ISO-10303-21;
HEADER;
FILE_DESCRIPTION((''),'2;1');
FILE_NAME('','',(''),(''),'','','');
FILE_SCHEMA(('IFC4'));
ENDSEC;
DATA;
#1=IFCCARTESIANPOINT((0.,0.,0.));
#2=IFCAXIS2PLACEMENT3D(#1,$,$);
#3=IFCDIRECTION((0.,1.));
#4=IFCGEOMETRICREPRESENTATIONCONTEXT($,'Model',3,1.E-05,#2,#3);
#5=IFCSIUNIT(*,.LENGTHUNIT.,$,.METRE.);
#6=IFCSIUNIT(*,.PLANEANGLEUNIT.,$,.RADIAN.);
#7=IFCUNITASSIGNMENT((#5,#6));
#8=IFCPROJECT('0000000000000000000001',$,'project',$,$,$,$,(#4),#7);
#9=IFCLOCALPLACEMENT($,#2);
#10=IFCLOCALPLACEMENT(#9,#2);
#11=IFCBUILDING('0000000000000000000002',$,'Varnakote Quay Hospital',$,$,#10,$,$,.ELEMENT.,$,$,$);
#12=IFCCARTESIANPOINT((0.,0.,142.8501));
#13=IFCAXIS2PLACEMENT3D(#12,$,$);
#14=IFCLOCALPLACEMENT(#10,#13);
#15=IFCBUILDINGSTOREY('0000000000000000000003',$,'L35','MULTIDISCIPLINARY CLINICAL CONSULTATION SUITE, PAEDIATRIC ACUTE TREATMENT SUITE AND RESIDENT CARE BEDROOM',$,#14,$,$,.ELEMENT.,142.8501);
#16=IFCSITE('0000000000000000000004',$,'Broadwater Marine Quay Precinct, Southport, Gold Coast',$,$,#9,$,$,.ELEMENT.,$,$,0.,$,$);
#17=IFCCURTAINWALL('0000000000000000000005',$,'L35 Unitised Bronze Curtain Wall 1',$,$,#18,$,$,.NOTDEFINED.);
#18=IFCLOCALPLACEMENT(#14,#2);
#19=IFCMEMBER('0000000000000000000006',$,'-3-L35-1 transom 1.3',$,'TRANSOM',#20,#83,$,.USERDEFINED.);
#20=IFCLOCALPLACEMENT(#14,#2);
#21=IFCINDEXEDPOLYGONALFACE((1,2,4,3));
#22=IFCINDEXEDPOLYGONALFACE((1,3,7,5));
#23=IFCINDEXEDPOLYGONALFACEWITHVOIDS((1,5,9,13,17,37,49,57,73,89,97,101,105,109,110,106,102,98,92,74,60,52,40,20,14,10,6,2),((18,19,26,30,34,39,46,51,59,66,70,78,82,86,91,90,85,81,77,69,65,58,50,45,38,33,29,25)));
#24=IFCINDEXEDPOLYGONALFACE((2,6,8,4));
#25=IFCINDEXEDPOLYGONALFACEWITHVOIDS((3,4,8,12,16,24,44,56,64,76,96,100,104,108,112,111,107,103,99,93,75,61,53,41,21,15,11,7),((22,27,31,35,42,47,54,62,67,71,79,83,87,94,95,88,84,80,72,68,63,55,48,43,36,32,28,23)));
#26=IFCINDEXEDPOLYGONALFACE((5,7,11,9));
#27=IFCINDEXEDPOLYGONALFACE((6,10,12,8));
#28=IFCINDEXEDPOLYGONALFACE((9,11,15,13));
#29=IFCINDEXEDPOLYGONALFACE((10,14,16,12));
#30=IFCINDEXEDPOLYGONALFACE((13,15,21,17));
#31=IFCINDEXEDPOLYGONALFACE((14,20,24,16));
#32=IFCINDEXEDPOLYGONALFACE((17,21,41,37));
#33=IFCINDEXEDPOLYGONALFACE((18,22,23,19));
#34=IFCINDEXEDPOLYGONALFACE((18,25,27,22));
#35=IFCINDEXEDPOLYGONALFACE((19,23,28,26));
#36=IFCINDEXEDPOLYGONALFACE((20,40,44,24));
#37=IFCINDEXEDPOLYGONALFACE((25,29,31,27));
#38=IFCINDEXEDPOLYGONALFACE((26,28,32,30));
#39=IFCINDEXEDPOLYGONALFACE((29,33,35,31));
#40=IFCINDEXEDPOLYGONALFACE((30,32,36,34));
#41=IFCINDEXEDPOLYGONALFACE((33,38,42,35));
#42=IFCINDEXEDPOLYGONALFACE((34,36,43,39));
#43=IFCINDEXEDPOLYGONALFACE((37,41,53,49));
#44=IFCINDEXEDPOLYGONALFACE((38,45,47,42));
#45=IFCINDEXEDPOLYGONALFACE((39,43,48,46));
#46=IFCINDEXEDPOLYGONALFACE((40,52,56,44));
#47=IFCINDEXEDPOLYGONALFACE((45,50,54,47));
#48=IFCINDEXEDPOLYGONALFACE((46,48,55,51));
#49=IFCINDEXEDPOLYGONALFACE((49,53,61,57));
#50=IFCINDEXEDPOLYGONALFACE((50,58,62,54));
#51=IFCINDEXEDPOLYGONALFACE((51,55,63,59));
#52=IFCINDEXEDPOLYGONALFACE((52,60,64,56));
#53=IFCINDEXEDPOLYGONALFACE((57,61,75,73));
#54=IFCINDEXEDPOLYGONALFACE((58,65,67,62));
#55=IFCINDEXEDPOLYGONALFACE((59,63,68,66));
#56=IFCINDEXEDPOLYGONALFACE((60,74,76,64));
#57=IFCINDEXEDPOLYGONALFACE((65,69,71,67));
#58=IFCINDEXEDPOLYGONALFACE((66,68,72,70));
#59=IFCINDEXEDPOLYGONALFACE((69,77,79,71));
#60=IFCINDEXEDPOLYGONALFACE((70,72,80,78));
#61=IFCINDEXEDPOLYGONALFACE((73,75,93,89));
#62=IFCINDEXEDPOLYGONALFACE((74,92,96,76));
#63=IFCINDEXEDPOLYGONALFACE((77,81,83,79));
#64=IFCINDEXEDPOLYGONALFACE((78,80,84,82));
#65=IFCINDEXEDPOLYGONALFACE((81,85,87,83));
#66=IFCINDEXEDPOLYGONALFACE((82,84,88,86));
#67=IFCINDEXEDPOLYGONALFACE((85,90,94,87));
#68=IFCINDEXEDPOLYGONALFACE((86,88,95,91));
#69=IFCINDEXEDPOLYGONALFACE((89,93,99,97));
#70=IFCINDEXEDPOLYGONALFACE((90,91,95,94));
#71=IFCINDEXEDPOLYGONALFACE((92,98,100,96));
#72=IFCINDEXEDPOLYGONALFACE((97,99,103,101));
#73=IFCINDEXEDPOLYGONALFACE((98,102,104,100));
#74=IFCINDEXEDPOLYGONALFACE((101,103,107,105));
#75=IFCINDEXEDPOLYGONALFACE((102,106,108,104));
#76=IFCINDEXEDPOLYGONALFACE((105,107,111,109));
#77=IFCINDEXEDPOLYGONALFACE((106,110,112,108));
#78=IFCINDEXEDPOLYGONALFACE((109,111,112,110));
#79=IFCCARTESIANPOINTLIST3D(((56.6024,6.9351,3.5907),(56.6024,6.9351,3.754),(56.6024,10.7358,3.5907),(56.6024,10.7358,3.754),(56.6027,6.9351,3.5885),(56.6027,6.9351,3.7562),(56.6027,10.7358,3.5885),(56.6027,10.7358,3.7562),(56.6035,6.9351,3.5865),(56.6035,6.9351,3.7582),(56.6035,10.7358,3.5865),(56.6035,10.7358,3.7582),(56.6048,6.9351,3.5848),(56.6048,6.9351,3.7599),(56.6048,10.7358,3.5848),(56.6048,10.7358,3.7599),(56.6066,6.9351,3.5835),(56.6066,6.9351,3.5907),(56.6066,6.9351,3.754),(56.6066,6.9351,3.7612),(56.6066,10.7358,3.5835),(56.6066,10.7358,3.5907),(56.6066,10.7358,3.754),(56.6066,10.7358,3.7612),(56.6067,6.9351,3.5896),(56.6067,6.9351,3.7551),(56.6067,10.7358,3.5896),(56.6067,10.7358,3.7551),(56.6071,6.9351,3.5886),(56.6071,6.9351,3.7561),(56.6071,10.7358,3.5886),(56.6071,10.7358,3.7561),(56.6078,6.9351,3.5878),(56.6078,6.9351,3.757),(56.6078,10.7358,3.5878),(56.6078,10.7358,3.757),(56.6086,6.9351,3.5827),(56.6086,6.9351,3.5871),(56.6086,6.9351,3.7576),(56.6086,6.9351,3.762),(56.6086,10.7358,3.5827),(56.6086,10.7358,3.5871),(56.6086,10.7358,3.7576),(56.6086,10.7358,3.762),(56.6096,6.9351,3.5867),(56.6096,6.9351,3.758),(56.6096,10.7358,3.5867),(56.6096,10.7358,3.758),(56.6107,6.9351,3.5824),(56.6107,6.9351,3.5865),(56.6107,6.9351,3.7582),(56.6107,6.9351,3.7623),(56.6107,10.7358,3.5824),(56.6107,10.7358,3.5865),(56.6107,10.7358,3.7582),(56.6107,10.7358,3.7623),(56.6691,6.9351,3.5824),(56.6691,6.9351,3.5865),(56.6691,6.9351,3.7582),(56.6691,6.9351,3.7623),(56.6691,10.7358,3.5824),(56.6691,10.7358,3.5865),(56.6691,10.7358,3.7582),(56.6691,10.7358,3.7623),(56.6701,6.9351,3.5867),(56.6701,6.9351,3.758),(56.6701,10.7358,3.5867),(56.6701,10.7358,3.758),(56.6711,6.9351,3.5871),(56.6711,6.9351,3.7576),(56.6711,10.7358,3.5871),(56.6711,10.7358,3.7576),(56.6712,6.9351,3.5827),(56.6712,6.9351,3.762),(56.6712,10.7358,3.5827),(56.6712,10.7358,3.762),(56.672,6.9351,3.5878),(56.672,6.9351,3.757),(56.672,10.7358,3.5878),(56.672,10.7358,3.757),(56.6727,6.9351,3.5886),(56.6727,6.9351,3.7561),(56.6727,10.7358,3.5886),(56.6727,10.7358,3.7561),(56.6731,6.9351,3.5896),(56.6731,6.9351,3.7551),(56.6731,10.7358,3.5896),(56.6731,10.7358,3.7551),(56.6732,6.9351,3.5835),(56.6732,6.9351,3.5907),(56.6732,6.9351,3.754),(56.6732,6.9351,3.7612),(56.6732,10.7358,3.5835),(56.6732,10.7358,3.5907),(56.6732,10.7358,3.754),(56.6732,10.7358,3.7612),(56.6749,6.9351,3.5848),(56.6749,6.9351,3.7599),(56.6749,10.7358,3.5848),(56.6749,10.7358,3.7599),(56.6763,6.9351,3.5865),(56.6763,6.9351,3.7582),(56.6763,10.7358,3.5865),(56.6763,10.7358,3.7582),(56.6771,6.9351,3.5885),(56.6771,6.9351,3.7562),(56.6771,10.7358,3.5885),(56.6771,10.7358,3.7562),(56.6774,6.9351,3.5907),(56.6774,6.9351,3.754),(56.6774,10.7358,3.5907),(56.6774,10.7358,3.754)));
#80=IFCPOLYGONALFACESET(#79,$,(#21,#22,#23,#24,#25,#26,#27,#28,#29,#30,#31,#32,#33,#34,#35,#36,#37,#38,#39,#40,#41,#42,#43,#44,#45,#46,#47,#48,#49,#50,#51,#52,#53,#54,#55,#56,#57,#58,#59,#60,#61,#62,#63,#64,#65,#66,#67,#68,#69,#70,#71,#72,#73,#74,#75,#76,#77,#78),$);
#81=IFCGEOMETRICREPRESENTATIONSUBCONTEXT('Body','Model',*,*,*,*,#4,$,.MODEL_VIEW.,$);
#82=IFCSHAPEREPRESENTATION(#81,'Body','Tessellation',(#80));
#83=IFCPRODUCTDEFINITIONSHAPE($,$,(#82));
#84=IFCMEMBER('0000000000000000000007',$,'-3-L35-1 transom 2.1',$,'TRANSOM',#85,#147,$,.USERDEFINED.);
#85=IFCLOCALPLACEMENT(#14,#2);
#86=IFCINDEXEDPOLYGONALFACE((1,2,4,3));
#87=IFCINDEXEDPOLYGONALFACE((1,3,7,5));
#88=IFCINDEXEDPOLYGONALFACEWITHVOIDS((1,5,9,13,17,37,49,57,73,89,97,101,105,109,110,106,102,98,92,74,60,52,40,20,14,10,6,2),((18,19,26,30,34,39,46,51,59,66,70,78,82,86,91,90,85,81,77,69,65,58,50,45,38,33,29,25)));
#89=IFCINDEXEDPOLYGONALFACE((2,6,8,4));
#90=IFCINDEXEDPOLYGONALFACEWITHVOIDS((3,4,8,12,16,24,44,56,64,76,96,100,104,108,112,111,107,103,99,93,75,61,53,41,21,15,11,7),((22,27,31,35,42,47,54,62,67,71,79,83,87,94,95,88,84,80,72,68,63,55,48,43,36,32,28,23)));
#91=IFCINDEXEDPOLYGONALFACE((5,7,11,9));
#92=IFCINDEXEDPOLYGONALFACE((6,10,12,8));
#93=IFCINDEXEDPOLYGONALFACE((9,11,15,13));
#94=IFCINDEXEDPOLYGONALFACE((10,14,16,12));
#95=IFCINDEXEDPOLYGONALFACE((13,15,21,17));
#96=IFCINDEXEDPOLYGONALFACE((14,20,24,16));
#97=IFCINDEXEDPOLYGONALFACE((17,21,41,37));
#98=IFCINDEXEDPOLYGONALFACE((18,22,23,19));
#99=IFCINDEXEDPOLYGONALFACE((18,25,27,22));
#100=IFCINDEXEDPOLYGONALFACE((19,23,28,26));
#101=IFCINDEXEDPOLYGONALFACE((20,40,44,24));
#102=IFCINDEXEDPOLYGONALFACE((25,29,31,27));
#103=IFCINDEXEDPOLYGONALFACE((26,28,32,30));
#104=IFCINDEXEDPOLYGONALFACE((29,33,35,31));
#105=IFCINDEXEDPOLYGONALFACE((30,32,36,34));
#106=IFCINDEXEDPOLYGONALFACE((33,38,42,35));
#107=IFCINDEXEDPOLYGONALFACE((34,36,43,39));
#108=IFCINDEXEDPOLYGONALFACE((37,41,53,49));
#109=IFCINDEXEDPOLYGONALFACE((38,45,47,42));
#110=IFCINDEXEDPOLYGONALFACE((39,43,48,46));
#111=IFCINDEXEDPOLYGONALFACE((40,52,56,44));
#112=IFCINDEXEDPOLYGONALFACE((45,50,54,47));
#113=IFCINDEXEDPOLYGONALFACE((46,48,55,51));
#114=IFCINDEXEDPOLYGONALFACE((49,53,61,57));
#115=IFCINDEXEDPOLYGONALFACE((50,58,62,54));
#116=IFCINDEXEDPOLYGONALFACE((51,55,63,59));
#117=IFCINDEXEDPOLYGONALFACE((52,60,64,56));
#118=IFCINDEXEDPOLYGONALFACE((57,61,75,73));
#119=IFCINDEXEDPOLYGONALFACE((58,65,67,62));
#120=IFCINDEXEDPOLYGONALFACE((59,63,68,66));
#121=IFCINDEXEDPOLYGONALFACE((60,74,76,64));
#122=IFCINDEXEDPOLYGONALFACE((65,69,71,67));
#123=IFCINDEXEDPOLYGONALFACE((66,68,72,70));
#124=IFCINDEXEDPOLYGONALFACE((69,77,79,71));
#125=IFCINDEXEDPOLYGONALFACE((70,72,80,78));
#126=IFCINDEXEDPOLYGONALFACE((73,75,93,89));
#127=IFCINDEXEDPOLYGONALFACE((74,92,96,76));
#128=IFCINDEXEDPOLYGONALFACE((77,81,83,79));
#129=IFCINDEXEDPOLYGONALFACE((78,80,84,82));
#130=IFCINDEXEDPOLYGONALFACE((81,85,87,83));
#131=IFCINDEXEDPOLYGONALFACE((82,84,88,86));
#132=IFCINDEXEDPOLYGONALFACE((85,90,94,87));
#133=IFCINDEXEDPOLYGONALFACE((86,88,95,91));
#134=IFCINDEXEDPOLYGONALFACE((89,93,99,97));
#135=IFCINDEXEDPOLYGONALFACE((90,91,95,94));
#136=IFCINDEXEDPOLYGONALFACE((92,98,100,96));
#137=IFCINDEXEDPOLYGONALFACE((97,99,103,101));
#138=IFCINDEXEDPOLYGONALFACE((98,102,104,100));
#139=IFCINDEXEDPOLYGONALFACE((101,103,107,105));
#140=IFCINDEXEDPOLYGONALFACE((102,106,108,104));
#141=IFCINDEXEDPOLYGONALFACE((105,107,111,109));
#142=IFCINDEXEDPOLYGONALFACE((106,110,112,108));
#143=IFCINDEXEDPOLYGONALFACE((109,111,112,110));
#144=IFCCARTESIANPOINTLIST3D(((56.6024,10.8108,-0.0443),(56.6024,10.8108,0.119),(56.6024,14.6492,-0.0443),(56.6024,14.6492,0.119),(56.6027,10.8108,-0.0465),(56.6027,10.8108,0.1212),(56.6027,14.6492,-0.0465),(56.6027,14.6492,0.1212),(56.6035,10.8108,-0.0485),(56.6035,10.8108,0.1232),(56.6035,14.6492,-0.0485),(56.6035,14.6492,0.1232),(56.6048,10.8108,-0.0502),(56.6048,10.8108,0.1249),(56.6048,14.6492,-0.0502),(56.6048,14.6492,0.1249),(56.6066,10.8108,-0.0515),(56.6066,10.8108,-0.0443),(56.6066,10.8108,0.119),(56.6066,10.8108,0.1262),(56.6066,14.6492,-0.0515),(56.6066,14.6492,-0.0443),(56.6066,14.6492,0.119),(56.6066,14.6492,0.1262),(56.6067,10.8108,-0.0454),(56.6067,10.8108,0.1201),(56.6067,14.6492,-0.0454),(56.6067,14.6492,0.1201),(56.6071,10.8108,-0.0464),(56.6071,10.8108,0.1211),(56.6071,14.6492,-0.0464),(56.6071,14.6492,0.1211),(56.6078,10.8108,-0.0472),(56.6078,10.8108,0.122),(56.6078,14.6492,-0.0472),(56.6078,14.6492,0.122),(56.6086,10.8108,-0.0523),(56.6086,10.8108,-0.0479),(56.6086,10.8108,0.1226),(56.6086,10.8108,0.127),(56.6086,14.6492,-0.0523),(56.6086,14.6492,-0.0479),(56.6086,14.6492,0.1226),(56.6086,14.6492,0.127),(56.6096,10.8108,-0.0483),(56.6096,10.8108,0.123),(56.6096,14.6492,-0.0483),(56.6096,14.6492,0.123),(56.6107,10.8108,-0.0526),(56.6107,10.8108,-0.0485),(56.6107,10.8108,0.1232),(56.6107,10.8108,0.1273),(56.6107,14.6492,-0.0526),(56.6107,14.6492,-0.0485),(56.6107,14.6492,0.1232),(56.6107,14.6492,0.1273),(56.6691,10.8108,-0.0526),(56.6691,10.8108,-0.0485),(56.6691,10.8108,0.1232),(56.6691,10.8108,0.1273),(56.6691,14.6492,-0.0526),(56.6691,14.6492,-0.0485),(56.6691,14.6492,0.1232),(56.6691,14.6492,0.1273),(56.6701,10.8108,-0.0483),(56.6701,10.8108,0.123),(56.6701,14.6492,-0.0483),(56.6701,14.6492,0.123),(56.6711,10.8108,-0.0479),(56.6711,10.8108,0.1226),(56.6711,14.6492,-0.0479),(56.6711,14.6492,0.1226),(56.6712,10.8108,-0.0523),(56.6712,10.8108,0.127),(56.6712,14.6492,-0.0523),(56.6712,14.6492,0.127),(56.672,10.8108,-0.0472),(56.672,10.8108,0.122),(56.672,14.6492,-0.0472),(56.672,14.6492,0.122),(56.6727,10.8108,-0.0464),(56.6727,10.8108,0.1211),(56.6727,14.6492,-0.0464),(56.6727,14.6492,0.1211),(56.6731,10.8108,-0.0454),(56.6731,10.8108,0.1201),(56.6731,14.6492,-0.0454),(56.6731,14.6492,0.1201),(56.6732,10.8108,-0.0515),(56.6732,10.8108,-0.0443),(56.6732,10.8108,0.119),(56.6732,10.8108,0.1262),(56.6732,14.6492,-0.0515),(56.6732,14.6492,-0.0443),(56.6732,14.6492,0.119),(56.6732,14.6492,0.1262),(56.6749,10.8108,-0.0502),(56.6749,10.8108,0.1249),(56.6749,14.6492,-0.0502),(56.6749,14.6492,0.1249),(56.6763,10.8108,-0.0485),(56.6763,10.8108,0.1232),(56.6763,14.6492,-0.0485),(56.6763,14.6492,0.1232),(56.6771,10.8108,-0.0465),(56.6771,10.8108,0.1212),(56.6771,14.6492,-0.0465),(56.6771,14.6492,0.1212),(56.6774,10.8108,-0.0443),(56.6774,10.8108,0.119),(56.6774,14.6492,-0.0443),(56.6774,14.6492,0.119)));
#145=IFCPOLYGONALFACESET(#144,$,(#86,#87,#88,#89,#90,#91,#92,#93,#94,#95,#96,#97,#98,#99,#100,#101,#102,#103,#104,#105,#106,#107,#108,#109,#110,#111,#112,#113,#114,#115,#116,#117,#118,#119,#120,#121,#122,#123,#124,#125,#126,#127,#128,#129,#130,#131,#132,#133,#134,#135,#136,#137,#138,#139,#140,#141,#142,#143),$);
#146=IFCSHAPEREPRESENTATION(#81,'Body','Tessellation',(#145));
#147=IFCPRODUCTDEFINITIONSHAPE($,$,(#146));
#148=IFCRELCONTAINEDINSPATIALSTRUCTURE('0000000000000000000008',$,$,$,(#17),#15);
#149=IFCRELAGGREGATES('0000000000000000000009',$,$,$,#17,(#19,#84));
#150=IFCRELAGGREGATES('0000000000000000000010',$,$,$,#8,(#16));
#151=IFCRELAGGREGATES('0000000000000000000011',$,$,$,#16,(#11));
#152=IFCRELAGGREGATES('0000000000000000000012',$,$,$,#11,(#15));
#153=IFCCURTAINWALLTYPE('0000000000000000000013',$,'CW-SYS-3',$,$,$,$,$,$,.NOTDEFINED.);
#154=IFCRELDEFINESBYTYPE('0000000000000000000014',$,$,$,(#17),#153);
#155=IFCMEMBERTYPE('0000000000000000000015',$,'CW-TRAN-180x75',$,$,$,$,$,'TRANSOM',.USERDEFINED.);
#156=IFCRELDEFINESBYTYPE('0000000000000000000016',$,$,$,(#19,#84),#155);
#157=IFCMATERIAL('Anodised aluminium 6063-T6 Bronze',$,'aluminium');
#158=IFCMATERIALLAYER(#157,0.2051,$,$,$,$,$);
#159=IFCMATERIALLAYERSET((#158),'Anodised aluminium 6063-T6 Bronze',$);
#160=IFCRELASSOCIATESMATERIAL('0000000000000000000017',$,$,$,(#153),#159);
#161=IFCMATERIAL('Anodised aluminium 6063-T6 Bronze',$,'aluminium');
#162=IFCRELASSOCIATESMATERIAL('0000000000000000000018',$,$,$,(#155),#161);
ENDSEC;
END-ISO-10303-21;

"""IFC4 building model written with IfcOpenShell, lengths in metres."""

from ifc_helpers import new_model, si_unit, direction, frame, origin, origin_2d, place, context, subcontext, project, spatial, hollow_rectangle, extrude, material, layer, layer_set, material_profile, profile_set, type_object, element, aggregate, save


model = new_model("IFC4")

# Units and contexts
model_context = context("Model", 3, precision=1e-05, world=origin(), true_north=direction((0.0, 1.0)))
body_context = subcontext(model_context, "Body", "Model", "MODEL_VIEW")
ifc_project = project(units=[si_unit("LENGTHUNIT", "METRE"), si_unit("PLANEANGLEUNIT", "RADIAN")], contexts=[model_context])

# Site, building, storey
site_placement = place(None, origin())
site = spatial("IfcSite", under=ifc_project, at=site_placement, Name="Broadwater Marine Quay Precinct, Southport, Gold Coast", CompositionType="ELEMENT", RefElevation=0.0)
building_placement = place(site_placement, origin())
building = spatial("IfcBuilding", under=site, at=building_placement, Name="Varnakote Quay Hospital", CompositionType="ELEMENT")
storey_placement = place(building_placement, frame((0.0, 0.0, 142.8501)))
storey = spatial("IfcBuildingStorey", under=building, at=storey_placement, Name="L35", Description="MULTIDISCIPLINARY CLINICAL CONSULTATION SUITE, PAEDIATRIC ACUTE TREATMENT SUITE AND RESIDENT CARE BEDROOM", CompositionType="ELEMENT", Elevation=142.8501)

# Curtain wall, members
ifc_material_1 = material(Name="Anodised aluminium 6063-T6 Bronze", Category="aluminium")
ifc_layer_1 = layer(ifc_material_1, 0.2051)
ifc_layer_set_1 = layer_set([ifc_layer_1], Name="Anodised aluminium 6063-T6 Bronze")
curtain_wall_type = type_object("IfcCurtainWallType", Name="CW-SYS-3", PredefinedType="NOTDEFINED", material=ifc_layer_set_1)
curtain_wall_placement = place(storey_placement, origin())
curtain_wall = element("IfcCurtainWall", 1, at=curtain_wall_placement, inside=storey, type_object=curtain_wall_type, Name="L35 Unitised Bronze Curtain Wall 1", PredefinedType="NOTDEFINED")
ifc_material_2 = material(Name="Anodised aluminium 6063-T6 Bronze", Category="aluminium")
ifc_material_profile_1 = material_profile(ifc_material_2, hollow_rectangle(XDim=0.075, YDim=0.1799, WallThickness=0.0042, InnerFilletRadius=0.0042, OuterFilletRadius=0.0083, at=origin_2d()), Name="CW-TRAN-180x75")
ifc_profile_set_1 = profile_set([ifc_material_profile_1], Name="Anodised aluminium 6063-T6 Bronze")
member_type_1 = type_object("IfcMemberType", Name="CW-TRAN-180x75", ElementType="TRANSOM", PredefinedType="USERDEFINED", material=ifc_profile_set_1)
member_1_placement = place(storey_placement, frame((56.6399, 6.9351, 3.6724), z_axis=(0.0, 1.0, 0.0), x_axis=(-1.0, 0.0, 0.0)))
member_1 = element("IfcMember", 2, at=member_1_placement, type_object=member_type_1, Name="-3-L35-1 transom 1.3", ObjectType="TRANSOM", PredefinedType="USERDEFINED", context=body_context, shape_type="SweptSolid", body=[
    extrude(hollow_rectangle(XDim=0.075, YDim=0.1799, WallThickness=0.0042, InnerFilletRadius=0.0042, OuterFilletRadius=0.0083, at=origin_2d()), origin(), (0.0, 0.0, 1.0), 3.8008),
])
member_2_placement = place(storey_placement, frame((56.6399, 10.8108, 0.0374), z_axis=(0.0, 1.0, 0.0), x_axis=(-1.0, 0.0, 0.0)))
member_2 = element("IfcMember", 3, at=member_2_placement, type_object=member_type_1, Name="-3-L35-1 transom 2.1", ObjectType="TRANSOM", PredefinedType="USERDEFINED", context=body_context, shape_type="SweptSolid", body=[
    extrude(hollow_rectangle(XDim=0.075, YDim=0.1799, WallThickness=0.0042, InnerFilletRadius=0.0042, OuterFilletRadius=0.0083, at=origin_2d()), origin(), (0.0, 0.0, 1.0), 3.8384),
])
aggregate(curtain_wall, [member_1, member_2])

save(model, "model.ifc")
